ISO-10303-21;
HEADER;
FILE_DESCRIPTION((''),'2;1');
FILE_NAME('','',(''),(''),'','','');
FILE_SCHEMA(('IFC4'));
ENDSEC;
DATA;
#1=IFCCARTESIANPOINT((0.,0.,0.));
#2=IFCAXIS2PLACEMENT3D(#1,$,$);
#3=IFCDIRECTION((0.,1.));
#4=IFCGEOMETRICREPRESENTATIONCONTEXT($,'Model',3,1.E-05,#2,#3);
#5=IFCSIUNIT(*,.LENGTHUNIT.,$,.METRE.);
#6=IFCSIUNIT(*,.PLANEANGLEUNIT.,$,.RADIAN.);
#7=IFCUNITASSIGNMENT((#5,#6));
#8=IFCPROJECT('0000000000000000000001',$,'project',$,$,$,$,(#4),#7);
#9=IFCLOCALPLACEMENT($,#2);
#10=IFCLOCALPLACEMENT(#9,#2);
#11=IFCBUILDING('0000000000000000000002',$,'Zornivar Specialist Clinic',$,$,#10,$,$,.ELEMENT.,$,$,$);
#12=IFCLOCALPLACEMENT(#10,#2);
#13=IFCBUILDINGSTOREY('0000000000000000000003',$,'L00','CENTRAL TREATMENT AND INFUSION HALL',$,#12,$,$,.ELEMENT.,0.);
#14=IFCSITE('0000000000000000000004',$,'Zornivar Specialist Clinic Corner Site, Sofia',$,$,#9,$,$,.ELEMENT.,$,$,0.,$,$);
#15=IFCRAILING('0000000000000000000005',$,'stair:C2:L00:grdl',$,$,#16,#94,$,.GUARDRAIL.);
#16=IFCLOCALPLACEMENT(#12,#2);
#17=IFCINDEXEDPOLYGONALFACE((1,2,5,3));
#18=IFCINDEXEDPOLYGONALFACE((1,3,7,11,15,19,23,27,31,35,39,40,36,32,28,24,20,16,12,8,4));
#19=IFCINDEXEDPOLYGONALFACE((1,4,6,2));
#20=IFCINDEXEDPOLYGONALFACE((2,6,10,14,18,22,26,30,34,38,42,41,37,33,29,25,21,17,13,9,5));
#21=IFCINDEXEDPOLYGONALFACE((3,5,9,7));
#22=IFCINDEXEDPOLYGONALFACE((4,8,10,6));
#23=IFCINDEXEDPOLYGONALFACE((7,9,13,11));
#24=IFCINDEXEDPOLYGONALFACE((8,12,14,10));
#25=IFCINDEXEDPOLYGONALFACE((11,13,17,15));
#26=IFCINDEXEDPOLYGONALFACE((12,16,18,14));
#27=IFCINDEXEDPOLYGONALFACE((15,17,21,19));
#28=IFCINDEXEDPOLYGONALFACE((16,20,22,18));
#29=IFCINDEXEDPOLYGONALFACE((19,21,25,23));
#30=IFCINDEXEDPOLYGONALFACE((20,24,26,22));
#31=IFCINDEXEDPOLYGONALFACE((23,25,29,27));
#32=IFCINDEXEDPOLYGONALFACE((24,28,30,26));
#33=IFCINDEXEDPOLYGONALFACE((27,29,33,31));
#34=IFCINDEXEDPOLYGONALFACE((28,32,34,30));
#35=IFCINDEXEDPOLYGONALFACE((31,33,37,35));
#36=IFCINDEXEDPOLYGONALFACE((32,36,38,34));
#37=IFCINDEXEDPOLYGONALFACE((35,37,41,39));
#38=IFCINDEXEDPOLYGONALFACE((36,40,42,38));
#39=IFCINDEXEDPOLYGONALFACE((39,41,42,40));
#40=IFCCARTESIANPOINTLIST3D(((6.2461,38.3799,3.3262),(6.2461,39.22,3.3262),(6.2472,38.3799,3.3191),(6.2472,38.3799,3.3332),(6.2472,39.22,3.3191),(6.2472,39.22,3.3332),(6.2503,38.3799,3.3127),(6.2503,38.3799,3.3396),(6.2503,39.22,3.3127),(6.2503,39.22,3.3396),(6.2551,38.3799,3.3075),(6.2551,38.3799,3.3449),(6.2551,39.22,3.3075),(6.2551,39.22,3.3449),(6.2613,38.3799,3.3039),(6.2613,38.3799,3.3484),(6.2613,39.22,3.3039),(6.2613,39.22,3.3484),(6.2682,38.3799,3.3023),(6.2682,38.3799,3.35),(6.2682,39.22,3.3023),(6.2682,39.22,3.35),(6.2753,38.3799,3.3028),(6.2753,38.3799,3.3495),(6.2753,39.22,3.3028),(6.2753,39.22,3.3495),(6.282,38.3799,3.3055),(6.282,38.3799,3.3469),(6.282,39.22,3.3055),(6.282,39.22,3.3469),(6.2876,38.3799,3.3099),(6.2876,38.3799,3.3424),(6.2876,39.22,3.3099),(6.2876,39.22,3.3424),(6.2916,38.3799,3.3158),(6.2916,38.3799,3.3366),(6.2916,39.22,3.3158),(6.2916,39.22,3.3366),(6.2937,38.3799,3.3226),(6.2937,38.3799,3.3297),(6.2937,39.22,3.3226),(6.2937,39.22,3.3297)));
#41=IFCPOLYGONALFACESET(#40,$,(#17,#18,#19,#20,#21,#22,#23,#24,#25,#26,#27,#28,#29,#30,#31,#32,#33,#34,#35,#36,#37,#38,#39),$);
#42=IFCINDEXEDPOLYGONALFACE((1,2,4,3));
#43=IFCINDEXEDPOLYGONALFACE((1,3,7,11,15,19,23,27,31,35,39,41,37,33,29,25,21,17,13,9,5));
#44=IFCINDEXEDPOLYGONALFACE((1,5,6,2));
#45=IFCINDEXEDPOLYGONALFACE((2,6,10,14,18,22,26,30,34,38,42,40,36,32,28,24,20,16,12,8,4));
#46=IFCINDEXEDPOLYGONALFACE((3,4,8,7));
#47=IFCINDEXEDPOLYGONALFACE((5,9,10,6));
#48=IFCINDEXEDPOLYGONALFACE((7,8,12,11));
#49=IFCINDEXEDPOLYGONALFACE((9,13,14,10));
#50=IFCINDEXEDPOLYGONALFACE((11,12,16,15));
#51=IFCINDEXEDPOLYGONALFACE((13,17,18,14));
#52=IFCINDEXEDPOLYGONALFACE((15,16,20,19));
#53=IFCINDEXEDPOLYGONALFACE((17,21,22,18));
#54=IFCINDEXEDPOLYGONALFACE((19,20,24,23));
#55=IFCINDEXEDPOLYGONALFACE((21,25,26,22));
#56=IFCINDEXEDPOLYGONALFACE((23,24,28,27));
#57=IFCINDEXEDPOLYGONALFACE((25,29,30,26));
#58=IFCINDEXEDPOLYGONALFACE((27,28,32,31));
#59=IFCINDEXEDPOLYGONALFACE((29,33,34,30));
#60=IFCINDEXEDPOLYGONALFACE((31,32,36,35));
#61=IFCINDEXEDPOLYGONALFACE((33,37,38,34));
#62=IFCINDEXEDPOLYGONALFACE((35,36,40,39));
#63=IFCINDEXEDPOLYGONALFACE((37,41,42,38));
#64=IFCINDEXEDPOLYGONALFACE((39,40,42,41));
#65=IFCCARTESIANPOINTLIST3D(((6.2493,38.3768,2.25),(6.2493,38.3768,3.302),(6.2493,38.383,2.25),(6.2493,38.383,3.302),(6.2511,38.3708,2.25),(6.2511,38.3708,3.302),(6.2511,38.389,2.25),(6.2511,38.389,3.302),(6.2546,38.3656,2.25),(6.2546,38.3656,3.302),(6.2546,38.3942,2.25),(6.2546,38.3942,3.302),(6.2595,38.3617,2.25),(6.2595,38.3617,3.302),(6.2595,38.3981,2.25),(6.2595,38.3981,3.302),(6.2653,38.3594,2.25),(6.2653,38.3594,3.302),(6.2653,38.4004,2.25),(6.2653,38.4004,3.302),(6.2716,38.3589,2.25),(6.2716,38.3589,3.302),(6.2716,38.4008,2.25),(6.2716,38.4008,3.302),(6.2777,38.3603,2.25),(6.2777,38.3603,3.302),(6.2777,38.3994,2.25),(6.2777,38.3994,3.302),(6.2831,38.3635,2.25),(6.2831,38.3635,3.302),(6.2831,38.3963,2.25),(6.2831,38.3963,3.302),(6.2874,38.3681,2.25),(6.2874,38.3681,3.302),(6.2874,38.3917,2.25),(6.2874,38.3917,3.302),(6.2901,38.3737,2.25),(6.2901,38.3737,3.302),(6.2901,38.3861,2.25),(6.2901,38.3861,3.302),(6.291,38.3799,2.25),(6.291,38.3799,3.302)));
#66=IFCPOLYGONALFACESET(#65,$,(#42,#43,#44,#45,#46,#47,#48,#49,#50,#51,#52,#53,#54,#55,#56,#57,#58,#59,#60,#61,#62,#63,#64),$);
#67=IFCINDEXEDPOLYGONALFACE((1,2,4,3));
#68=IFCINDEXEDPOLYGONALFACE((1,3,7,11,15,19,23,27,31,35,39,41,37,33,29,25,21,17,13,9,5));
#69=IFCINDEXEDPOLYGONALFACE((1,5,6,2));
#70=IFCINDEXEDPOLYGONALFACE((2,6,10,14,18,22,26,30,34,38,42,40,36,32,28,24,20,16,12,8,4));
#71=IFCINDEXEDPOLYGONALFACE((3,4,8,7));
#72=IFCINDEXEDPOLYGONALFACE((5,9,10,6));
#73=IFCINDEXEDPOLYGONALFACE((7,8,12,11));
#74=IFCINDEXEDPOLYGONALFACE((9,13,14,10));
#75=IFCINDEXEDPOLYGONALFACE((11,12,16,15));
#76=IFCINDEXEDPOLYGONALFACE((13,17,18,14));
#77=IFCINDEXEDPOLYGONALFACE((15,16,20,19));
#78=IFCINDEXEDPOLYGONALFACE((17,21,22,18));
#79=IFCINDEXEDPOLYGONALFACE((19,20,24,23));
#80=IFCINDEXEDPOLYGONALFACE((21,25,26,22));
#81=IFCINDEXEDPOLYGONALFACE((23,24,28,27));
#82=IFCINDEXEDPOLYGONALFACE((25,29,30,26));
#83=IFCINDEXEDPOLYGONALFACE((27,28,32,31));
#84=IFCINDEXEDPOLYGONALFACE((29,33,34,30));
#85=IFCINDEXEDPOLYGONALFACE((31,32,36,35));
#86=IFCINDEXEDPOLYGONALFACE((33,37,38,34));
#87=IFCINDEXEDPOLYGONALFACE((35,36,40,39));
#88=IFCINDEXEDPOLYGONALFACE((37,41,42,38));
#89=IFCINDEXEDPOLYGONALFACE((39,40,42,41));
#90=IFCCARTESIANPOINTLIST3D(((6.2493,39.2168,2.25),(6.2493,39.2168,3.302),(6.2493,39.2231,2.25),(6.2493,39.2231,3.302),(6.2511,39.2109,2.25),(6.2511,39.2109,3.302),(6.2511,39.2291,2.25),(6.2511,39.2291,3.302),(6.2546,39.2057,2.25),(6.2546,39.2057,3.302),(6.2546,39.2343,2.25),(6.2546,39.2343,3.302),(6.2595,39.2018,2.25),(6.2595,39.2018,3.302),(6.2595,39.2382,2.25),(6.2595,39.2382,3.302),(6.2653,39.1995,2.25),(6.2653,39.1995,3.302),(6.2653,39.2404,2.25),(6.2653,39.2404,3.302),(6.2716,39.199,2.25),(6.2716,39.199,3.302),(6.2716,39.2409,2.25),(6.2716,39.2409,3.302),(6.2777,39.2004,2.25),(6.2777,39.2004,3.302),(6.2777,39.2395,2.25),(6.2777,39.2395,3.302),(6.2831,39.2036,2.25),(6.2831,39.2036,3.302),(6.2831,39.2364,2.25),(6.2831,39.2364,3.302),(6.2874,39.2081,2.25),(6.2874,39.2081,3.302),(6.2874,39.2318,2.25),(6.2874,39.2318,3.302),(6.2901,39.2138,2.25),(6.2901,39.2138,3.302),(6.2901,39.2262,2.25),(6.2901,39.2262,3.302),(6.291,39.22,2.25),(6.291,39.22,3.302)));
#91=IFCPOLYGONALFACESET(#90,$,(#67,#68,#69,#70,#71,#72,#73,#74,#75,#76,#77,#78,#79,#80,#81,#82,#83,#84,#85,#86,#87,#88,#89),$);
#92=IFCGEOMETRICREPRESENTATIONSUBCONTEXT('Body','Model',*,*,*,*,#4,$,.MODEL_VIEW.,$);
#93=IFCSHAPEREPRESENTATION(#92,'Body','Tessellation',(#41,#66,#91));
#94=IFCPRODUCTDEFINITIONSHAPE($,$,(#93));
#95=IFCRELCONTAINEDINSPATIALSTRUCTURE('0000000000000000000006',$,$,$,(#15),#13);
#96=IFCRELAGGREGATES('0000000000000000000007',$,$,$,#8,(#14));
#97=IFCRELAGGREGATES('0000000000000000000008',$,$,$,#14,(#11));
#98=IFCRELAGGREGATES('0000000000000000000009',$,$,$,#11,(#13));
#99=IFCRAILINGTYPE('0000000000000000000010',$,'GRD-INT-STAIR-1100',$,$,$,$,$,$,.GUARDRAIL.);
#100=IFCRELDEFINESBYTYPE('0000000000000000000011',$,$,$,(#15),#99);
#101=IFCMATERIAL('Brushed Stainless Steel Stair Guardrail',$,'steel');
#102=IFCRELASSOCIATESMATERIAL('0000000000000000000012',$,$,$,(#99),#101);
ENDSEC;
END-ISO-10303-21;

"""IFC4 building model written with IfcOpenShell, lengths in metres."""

from ifc_helpers import new_model, si_unit, direction, frame, origin, origin_2d, place, context, subcontext, project, spatial, circle, extrude, material, type_object, element, save


model = new_model("IFC4")

# Units and contexts
model_context = context("Model", 3, precision=1e-05, world=origin(), true_north=direction((0.0, 1.0)))
body_context = subcontext(model_context, "Body", "Model", "MODEL_VIEW")
ifc_project = project(units=[si_unit("LENGTHUNIT", "METRE"), si_unit("PLANEANGLEUNIT", "RADIAN")], contexts=[model_context])

# Site, building, storey
site_placement = place(None, origin())
site = spatial("IfcSite", under=ifc_project, at=site_placement, Name="Zornivar Specialist Clinic Corner Site, Sofia", CompositionType="ELEMENT", RefElevation=0.0)
building_placement = place(site_placement, origin())
building = spatial("IfcBuilding", under=site, at=building_placement, Name="Zornivar Specialist Clinic", CompositionType="ELEMENT")
storey_placement = place(building_placement, origin())
storey = spatial("IfcBuildingStorey", under=building, at=storey_placement, Name="L00", Description="CENTRAL TREATMENT AND INFUSION HALL", CompositionType="ELEMENT", Elevation=0.0)

# Railing
ifc_material_1 = material(Name="Brushed Stainless Steel Stair Guardrail", Category="steel")
railing_type_1 = type_object("IfcRailingType", Name="GRD-INT-STAIR-1100", PredefinedType="GUARDRAIL", material=ifc_material_1)
railing_1_placement = place(storey_placement, frame((6.27, 38.3799, 2.25)))
element("IfcRailing", 1, at=railing_1_placement, inside=storey, type_object=railing_type_1, Name="stair:C2:L00:grdl", PredefinedType="GUARDRAIL", context=body_context, shape_type="SweptSolid", body=[
    extrude(circle(Radius=0.0239, at=origin_2d()), frame((0.0, 0.0, 1.0762), z_axis=(0.0, 1.0, 0.0), x_axis=(-1.0, 0.0, 0.0)), (0.0, 0.0, 1.0), 0.8401),
    extrude(circle(Radius=0.021, at=origin_2d()), origin(), (0.0, 0.0, 1.0), 1.052),
    extrude(circle(Radius=0.021, at=origin_2d()), frame((0.0, 0.8401, 0.0)), (0.0, 0.0, 1.0), 1.052),
])

save(model, "model.ifc")
